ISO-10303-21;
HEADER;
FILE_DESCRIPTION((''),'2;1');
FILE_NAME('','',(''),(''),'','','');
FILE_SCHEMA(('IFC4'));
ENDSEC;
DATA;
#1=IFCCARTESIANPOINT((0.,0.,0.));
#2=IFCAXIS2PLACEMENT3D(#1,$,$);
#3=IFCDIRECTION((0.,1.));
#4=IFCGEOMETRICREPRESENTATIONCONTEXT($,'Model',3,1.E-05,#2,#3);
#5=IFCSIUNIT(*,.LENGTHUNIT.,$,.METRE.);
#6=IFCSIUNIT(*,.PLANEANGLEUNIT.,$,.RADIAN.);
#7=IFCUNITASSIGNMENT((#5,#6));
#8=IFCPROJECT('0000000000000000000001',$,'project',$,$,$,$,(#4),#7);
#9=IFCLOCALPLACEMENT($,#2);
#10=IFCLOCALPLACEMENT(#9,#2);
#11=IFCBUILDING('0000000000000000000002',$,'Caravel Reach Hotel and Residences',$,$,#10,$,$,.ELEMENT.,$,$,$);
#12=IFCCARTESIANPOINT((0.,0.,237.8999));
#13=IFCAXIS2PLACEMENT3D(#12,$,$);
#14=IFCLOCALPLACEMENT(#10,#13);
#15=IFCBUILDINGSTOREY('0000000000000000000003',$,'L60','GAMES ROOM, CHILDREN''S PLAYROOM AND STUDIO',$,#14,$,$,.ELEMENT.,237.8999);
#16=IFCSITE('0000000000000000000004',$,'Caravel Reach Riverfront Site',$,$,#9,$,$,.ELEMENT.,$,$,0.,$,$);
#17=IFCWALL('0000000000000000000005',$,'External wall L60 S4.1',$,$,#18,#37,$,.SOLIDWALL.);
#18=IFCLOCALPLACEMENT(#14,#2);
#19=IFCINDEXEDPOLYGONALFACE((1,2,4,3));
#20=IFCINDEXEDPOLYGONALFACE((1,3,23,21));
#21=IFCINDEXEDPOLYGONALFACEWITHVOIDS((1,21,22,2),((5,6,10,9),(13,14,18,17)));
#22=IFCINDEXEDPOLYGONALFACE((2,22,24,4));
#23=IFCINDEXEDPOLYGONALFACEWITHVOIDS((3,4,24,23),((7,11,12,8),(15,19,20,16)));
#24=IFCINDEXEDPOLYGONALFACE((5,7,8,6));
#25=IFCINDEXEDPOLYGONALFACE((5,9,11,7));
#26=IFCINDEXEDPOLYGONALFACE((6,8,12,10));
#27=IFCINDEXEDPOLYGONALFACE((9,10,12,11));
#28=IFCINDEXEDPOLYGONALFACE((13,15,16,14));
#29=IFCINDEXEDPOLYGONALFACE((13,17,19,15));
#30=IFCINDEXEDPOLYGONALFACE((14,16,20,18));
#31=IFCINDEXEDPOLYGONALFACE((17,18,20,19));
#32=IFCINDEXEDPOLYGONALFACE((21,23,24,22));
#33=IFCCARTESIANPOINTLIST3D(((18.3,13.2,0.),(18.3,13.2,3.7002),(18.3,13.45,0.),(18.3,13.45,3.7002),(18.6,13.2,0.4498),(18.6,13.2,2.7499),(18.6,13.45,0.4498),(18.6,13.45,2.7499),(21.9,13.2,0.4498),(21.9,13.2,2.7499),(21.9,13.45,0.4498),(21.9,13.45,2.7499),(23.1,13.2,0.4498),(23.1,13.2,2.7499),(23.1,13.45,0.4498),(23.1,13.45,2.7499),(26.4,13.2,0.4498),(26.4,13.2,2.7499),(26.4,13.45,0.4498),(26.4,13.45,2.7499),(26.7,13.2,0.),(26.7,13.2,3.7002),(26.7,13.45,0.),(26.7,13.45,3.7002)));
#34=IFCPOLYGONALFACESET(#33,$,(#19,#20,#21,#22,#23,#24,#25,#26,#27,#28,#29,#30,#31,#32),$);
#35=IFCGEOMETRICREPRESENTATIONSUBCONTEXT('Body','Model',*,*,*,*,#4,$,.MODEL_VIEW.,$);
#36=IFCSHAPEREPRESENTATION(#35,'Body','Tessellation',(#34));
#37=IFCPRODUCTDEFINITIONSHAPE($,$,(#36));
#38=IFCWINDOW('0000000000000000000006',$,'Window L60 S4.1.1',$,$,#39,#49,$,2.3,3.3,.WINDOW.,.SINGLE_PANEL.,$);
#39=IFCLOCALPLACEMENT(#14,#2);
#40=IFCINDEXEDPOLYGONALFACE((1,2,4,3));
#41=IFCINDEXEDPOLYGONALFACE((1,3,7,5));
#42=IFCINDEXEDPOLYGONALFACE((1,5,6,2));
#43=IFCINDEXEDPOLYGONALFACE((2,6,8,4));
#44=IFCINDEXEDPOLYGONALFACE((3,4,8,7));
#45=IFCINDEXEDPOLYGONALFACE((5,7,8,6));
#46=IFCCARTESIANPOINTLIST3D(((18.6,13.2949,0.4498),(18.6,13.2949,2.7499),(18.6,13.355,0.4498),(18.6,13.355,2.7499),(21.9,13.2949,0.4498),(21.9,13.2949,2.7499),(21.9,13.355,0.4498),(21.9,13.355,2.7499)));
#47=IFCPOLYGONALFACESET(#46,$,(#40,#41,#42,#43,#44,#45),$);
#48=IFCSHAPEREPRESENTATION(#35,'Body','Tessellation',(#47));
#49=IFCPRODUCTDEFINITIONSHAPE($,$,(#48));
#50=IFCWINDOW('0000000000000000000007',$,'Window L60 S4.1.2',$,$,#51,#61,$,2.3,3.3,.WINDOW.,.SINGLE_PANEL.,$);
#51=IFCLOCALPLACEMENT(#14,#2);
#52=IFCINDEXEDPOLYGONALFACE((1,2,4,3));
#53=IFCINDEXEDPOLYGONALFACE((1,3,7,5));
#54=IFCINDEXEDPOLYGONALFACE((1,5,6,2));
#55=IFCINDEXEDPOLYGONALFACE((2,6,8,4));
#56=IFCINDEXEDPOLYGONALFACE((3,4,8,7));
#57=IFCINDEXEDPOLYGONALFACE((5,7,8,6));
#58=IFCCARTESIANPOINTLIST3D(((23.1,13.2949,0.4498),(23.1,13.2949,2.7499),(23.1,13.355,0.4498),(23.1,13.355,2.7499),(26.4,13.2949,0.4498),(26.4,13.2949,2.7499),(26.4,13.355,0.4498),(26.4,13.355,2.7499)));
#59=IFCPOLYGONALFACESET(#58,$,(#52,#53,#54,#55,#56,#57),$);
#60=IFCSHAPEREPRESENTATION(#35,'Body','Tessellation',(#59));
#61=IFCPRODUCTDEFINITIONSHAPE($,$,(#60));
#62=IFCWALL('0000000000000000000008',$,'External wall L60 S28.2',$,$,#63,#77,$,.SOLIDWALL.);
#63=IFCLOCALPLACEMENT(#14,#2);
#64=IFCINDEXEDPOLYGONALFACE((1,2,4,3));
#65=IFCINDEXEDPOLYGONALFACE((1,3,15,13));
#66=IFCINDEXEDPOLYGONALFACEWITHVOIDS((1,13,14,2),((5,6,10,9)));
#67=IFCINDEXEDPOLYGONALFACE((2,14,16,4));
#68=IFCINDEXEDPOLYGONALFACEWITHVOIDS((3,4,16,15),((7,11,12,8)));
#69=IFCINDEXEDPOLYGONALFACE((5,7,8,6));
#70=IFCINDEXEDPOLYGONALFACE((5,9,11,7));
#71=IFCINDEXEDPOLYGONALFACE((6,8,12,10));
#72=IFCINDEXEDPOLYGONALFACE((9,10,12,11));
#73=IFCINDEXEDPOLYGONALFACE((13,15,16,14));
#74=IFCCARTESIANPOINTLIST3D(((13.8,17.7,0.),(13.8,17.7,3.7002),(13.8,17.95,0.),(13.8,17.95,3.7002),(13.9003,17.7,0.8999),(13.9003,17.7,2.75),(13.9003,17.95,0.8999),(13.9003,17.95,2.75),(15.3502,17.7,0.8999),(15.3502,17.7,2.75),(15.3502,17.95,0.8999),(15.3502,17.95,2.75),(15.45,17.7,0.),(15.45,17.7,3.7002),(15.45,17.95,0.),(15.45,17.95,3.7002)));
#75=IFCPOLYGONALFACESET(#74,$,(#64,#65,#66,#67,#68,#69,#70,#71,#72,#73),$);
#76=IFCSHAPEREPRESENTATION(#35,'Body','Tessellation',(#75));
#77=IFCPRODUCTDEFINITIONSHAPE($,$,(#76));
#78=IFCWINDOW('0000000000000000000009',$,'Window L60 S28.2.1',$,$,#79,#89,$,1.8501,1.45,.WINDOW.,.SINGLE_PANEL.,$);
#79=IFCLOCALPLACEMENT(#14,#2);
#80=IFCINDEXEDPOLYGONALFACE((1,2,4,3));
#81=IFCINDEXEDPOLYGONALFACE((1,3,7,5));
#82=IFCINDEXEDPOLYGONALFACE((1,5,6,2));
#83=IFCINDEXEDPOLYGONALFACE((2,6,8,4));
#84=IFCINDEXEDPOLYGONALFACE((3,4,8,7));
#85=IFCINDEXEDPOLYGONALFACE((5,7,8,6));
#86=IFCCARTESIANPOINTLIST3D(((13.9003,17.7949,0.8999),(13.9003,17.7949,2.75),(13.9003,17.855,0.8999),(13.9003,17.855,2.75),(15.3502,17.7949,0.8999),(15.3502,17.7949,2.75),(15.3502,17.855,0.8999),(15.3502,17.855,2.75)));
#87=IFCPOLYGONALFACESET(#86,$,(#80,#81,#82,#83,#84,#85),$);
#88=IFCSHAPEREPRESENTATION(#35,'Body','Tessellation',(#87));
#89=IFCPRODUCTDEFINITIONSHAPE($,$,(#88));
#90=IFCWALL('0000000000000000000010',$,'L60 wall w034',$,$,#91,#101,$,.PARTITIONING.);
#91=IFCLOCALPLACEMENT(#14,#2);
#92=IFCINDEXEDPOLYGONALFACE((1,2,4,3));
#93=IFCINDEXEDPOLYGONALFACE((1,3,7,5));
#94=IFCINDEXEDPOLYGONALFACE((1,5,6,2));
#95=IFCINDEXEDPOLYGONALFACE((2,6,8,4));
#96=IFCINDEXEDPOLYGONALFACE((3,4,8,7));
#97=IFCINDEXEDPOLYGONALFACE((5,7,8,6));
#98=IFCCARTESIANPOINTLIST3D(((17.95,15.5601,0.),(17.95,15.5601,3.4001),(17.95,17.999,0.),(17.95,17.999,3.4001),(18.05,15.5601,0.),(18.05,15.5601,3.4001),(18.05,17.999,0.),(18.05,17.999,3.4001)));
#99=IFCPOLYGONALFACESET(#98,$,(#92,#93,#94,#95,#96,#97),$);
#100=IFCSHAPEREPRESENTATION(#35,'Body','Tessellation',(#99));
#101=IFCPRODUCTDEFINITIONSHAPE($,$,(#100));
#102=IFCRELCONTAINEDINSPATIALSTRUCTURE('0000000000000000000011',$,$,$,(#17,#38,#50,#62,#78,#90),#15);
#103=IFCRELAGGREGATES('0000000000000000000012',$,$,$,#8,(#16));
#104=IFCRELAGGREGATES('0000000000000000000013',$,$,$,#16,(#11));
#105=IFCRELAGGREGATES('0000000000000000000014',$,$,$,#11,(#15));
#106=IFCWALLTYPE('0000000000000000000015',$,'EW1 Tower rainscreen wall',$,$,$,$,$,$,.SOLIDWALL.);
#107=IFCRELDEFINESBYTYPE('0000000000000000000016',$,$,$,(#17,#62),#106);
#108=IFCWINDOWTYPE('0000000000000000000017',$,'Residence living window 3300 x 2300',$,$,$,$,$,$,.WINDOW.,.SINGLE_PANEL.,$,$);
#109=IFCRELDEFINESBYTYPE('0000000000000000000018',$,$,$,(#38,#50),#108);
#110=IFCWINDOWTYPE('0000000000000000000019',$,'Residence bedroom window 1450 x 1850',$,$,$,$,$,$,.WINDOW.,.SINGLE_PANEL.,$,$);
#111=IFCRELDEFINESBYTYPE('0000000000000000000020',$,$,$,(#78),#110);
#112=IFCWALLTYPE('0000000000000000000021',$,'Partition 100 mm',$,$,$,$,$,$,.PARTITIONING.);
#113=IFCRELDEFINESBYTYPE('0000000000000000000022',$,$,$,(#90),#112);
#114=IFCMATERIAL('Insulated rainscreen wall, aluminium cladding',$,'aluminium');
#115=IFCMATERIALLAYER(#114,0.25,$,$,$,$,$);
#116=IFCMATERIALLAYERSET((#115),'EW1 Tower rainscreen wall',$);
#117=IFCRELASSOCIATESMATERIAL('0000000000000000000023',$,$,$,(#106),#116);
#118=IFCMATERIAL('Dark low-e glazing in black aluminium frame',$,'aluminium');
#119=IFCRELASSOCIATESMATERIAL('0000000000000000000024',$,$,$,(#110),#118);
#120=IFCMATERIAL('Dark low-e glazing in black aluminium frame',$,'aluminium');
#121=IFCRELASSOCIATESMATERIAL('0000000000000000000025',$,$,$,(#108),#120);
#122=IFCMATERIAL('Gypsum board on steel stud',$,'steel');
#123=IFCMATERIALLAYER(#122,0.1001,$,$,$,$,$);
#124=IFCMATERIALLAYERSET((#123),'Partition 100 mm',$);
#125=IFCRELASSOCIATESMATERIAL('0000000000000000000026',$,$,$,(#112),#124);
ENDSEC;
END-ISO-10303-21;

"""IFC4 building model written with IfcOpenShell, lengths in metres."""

from ifc_helpers import new_model, si_unit, direction, frame, frame_2d, origin, place, context, subcontext, project, spatial, rectangle, extrude, material, layer, layer_set, type_object, element, fill, save


model = new_model("IFC4")

# Units and contexts
model_context = context("Model", 3, precision=1e-05, world=origin(), true_north=direction((0.0, 1.0)))
body_context = subcontext(model_context, "Body", "Model", "MODEL_VIEW")
ifc_project = project(units=[si_unit("LENGTHUNIT", "METRE"), si_unit("PLANEANGLEUNIT", "RADIAN")], contexts=[model_context])

# Site, building, storey
site_placement = place(None, origin())
site = spatial("IfcSite", under=ifc_project, at=site_placement, Name="Caravel Reach Riverfront Site", CompositionType="ELEMENT", RefElevation=0.0)
building_placement = place(site_placement, origin())
building = spatial("IfcBuilding", under=site, at=building_placement, Name="Caravel Reach Hotel and Residences", CompositionType="ELEMENT")
storey_placement = place(building_placement, frame((0.0, 0.0, 237.8999)))
storey = spatial("IfcBuildingStorey", under=building, at=storey_placement, Name="L60", Description="GAMES ROOM, CHILDREN'S PLAYROOM AND STUDIO", CompositionType="ELEMENT", Elevation=237.8999)

# Shared definitions
ifc_material_1 = material(Name="Insulated rainscreen wall, aluminium cladding", Category="aluminium")
ifc_layer_1 = layer(ifc_material_1, 0.25)
ifc_layer_set_1 = layer_set([ifc_layer_1], Name="EW1 Tower rainscreen wall")
wall_type_1 = type_object("IfcWallType", Name="EW1 Tower rainscreen wall", PredefinedType="SOLIDWALL", material=ifc_layer_set_1)
ifc_material_2 = material(Name="Dark low-e glazing in black aluminium frame", Category="aluminium")
window_type_1 = type_object("IfcWindowType", Name="Residence bedroom window 1450 x 1850", PartitioningType="SINGLE_PANEL", PredefinedType="WINDOW", material=ifc_material_2)

# Wall, openings, windows
wall_1_placement = place(storey_placement, frame((18.3, 13.325, 0.0), z_axis=(0.0, 0.0, 1.0), x_axis=(1.0, 0.0, 0.0)))
wall_1 = element("IfcWall", 1, at=wall_1_placement, inside=storey, type_object=wall_type_1, Name="External wall L60 S4.1", PredefinedType="SOLIDWALL", context=body_context, shape_type="SweptSolid", body=[
    extrude(rectangle(XDim=8.3999, YDim=0.25, at=frame_2d((4.2, 0.0))), origin(), (0.0, 0.0, 1.0), 3.7002),
])
opening_1_placement = place(wall_1_placement, frame((0.3, 0.0, 0.45)))
opening_1 = element("IfcOpeningElement", 2, at=opening_1_placement, cuts=wall_1, PredefinedType="OPENING", context=body_context, shape_type="SweptSolid", body=[
    extrude(rectangle(XDim=3.3, YDim=2.3, at=frame_2d((1.6499, 1.1499))), frame((0.0, 0.135, 0.0), z_axis=(0.0, -1.0, 0.0), x_axis=(1.0, 0.0, 0.0)), (0.0, 0.0, 1.0), 0.27),
])
opening_2_placement = place(wall_1_placement, frame((4.8, 0.0, 0.45)))
opening_2 = element("IfcOpeningElement", 3, at=opening_2_placement, cuts=wall_1, PredefinedType="OPENING", context=body_context, shape_type="SweptSolid", body=[
    extrude(rectangle(XDim=3.3, YDim=2.3, at=frame_2d((1.6499, 1.1499))), frame((0.0, 0.135, 0.0), z_axis=(0.0, -1.0, 0.0), x_axis=(1.0, 0.0, 0.0)), (0.0, 0.0, 1.0), 0.27),
])
ifc_material_3 = material(Name="Dark low-e glazing in black aluminium frame", Category="aluminium")
window_type_2 = type_object("IfcWindowType", Name="Residence living window 3300 x 2300", PartitioningType="SINGLE_PANEL", PredefinedType="WINDOW", material=ifc_material_3)
window_1_placement = place(opening_1_placement, origin())
window_1 = element("IfcWindow", 4, at=window_1_placement, inside=storey, type_object=window_type_2, Name="Window L60 S4.1.1", OverallHeight=2.3, OverallWidth=3.3, PartitioningType="SINGLE_PANEL", PredefinedType="WINDOW", context=body_context, shape_type="SweptSolid", body=[
    extrude(rectangle(XDim=3.3, YDim=2.3, at=frame_2d((1.6499, 1.1499))), frame((0.0, 0.03, 0.0), z_axis=(0.0, -1.0, 0.0), x_axis=(1.0, 0.0, 0.0)), (0.0, 0.0, 1.0), 0.0601),
])
fill(opening_1, window_1)
window_2_placement = place(opening_2_placement, origin())
window_2 = element("IfcWindow", 5, at=window_2_placement, inside=storey, type_object=window_type_2, Name="Window L60 S4.1.2", OverallHeight=2.3, OverallWidth=3.3, PartitioningType="SINGLE_PANEL", PredefinedType="WINDOW", context=body_context, shape_type="SweptSolid", body=[
    extrude(rectangle(XDim=3.3, YDim=2.3, at=frame_2d((1.6499, 1.1499))), frame((0.0, 0.03, 0.0), z_axis=(0.0, -1.0, 0.0), x_axis=(1.0, 0.0, 0.0)), (0.0, 0.0, 1.0), 0.0601),
])
fill(opening_2, window_2)

# Wall, opening, window
wall_2_placement = place(storey_placement, frame((13.8, 17.825, 0.0), z_axis=(0.0, 0.0, 1.0), x_axis=(1.0, 0.0, 0.0)))
wall_2 = element("IfcWall", 6, at=wall_2_placement, inside=storey, type_object=wall_type_1, Name="External wall L60 S28.2", PredefinedType="SOLIDWALL", context=body_context, shape_type="SweptSolid", body=[
    extrude(rectangle(XDim=1.6499, YDim=0.25, at=frame_2d((0.825, 0.0))), origin(), (0.0, 0.0, 1.0), 3.7002),
])
opening_3_placement = place(wall_2_placement, frame((0.1001, 0.0, 0.8999)))
opening_3 = element("IfcOpeningElement", 7, at=opening_3_placement, cuts=wall_2, PredefinedType="OPENING", context=body_context, shape_type="SweptSolid", body=[
    extrude(rectangle(XDim=1.45, YDim=1.8501, at=frame_2d((0.7251, 0.925))), frame((0.0, 0.135, 0.0), z_axis=(0.0, -1.0, 0.0), x_axis=(1.0, 0.0, 0.0)), (0.0, 0.0, 1.0), 0.27),
])
window_3_placement = place(opening_3_placement, origin())
window_3 = element("IfcWindow", 8, at=window_3_placement, inside=storey, type_object=window_type_1, Name="Window L60 S28.2.1", OverallHeight=1.8501, OverallWidth=1.45, PartitioningType="SINGLE_PANEL", PredefinedType="WINDOW", context=body_context, shape_type="SweptSolid", body=[
    extrude(rectangle(XDim=1.45, YDim=1.8501, at=frame_2d((0.7251, 0.925))), frame((0.0, 0.03, 0.0), z_axis=(0.0, -1.0, 0.0), x_axis=(1.0, 0.0, 0.0)), (0.0, 0.0, 1.0), 0.0601),
])
fill(opening_3, window_3)

# Wall
ifc_material_4 = material(Name="Gypsum board on steel stud", Category="steel")
ifc_layer_2 = layer(ifc_material_4, 0.1001)
ifc_layer_set_2 = layer_set([ifc_layer_2], Name="Partition 100 mm")
wall_type_2 = type_object("IfcWallType", Name="Partition 100 mm", PredefinedType="PARTITIONING", material=ifc_layer_set_2)
wall_3_placement = place(storey_placement, frame((18.0, 15.5601, 0.0), z_axis=(0.0, 0.0, 1.0), x_axis=(0.0, 1.0, 0.0)))
element("IfcWall", 9, at=wall_3_placement, inside=storey, type_object=wall_type_2, Name="L60 wall w034", PredefinedType="PARTITIONING", context=body_context, shape_type="SweptSolid", body=[
    extrude(rectangle(XDim=2.439, YDim=0.1001, at=frame_2d((1.2195, 0.0))), origin(), (0.0, 0.0, 1.0), 3.4001),
])

save(model, "model.ifc")
